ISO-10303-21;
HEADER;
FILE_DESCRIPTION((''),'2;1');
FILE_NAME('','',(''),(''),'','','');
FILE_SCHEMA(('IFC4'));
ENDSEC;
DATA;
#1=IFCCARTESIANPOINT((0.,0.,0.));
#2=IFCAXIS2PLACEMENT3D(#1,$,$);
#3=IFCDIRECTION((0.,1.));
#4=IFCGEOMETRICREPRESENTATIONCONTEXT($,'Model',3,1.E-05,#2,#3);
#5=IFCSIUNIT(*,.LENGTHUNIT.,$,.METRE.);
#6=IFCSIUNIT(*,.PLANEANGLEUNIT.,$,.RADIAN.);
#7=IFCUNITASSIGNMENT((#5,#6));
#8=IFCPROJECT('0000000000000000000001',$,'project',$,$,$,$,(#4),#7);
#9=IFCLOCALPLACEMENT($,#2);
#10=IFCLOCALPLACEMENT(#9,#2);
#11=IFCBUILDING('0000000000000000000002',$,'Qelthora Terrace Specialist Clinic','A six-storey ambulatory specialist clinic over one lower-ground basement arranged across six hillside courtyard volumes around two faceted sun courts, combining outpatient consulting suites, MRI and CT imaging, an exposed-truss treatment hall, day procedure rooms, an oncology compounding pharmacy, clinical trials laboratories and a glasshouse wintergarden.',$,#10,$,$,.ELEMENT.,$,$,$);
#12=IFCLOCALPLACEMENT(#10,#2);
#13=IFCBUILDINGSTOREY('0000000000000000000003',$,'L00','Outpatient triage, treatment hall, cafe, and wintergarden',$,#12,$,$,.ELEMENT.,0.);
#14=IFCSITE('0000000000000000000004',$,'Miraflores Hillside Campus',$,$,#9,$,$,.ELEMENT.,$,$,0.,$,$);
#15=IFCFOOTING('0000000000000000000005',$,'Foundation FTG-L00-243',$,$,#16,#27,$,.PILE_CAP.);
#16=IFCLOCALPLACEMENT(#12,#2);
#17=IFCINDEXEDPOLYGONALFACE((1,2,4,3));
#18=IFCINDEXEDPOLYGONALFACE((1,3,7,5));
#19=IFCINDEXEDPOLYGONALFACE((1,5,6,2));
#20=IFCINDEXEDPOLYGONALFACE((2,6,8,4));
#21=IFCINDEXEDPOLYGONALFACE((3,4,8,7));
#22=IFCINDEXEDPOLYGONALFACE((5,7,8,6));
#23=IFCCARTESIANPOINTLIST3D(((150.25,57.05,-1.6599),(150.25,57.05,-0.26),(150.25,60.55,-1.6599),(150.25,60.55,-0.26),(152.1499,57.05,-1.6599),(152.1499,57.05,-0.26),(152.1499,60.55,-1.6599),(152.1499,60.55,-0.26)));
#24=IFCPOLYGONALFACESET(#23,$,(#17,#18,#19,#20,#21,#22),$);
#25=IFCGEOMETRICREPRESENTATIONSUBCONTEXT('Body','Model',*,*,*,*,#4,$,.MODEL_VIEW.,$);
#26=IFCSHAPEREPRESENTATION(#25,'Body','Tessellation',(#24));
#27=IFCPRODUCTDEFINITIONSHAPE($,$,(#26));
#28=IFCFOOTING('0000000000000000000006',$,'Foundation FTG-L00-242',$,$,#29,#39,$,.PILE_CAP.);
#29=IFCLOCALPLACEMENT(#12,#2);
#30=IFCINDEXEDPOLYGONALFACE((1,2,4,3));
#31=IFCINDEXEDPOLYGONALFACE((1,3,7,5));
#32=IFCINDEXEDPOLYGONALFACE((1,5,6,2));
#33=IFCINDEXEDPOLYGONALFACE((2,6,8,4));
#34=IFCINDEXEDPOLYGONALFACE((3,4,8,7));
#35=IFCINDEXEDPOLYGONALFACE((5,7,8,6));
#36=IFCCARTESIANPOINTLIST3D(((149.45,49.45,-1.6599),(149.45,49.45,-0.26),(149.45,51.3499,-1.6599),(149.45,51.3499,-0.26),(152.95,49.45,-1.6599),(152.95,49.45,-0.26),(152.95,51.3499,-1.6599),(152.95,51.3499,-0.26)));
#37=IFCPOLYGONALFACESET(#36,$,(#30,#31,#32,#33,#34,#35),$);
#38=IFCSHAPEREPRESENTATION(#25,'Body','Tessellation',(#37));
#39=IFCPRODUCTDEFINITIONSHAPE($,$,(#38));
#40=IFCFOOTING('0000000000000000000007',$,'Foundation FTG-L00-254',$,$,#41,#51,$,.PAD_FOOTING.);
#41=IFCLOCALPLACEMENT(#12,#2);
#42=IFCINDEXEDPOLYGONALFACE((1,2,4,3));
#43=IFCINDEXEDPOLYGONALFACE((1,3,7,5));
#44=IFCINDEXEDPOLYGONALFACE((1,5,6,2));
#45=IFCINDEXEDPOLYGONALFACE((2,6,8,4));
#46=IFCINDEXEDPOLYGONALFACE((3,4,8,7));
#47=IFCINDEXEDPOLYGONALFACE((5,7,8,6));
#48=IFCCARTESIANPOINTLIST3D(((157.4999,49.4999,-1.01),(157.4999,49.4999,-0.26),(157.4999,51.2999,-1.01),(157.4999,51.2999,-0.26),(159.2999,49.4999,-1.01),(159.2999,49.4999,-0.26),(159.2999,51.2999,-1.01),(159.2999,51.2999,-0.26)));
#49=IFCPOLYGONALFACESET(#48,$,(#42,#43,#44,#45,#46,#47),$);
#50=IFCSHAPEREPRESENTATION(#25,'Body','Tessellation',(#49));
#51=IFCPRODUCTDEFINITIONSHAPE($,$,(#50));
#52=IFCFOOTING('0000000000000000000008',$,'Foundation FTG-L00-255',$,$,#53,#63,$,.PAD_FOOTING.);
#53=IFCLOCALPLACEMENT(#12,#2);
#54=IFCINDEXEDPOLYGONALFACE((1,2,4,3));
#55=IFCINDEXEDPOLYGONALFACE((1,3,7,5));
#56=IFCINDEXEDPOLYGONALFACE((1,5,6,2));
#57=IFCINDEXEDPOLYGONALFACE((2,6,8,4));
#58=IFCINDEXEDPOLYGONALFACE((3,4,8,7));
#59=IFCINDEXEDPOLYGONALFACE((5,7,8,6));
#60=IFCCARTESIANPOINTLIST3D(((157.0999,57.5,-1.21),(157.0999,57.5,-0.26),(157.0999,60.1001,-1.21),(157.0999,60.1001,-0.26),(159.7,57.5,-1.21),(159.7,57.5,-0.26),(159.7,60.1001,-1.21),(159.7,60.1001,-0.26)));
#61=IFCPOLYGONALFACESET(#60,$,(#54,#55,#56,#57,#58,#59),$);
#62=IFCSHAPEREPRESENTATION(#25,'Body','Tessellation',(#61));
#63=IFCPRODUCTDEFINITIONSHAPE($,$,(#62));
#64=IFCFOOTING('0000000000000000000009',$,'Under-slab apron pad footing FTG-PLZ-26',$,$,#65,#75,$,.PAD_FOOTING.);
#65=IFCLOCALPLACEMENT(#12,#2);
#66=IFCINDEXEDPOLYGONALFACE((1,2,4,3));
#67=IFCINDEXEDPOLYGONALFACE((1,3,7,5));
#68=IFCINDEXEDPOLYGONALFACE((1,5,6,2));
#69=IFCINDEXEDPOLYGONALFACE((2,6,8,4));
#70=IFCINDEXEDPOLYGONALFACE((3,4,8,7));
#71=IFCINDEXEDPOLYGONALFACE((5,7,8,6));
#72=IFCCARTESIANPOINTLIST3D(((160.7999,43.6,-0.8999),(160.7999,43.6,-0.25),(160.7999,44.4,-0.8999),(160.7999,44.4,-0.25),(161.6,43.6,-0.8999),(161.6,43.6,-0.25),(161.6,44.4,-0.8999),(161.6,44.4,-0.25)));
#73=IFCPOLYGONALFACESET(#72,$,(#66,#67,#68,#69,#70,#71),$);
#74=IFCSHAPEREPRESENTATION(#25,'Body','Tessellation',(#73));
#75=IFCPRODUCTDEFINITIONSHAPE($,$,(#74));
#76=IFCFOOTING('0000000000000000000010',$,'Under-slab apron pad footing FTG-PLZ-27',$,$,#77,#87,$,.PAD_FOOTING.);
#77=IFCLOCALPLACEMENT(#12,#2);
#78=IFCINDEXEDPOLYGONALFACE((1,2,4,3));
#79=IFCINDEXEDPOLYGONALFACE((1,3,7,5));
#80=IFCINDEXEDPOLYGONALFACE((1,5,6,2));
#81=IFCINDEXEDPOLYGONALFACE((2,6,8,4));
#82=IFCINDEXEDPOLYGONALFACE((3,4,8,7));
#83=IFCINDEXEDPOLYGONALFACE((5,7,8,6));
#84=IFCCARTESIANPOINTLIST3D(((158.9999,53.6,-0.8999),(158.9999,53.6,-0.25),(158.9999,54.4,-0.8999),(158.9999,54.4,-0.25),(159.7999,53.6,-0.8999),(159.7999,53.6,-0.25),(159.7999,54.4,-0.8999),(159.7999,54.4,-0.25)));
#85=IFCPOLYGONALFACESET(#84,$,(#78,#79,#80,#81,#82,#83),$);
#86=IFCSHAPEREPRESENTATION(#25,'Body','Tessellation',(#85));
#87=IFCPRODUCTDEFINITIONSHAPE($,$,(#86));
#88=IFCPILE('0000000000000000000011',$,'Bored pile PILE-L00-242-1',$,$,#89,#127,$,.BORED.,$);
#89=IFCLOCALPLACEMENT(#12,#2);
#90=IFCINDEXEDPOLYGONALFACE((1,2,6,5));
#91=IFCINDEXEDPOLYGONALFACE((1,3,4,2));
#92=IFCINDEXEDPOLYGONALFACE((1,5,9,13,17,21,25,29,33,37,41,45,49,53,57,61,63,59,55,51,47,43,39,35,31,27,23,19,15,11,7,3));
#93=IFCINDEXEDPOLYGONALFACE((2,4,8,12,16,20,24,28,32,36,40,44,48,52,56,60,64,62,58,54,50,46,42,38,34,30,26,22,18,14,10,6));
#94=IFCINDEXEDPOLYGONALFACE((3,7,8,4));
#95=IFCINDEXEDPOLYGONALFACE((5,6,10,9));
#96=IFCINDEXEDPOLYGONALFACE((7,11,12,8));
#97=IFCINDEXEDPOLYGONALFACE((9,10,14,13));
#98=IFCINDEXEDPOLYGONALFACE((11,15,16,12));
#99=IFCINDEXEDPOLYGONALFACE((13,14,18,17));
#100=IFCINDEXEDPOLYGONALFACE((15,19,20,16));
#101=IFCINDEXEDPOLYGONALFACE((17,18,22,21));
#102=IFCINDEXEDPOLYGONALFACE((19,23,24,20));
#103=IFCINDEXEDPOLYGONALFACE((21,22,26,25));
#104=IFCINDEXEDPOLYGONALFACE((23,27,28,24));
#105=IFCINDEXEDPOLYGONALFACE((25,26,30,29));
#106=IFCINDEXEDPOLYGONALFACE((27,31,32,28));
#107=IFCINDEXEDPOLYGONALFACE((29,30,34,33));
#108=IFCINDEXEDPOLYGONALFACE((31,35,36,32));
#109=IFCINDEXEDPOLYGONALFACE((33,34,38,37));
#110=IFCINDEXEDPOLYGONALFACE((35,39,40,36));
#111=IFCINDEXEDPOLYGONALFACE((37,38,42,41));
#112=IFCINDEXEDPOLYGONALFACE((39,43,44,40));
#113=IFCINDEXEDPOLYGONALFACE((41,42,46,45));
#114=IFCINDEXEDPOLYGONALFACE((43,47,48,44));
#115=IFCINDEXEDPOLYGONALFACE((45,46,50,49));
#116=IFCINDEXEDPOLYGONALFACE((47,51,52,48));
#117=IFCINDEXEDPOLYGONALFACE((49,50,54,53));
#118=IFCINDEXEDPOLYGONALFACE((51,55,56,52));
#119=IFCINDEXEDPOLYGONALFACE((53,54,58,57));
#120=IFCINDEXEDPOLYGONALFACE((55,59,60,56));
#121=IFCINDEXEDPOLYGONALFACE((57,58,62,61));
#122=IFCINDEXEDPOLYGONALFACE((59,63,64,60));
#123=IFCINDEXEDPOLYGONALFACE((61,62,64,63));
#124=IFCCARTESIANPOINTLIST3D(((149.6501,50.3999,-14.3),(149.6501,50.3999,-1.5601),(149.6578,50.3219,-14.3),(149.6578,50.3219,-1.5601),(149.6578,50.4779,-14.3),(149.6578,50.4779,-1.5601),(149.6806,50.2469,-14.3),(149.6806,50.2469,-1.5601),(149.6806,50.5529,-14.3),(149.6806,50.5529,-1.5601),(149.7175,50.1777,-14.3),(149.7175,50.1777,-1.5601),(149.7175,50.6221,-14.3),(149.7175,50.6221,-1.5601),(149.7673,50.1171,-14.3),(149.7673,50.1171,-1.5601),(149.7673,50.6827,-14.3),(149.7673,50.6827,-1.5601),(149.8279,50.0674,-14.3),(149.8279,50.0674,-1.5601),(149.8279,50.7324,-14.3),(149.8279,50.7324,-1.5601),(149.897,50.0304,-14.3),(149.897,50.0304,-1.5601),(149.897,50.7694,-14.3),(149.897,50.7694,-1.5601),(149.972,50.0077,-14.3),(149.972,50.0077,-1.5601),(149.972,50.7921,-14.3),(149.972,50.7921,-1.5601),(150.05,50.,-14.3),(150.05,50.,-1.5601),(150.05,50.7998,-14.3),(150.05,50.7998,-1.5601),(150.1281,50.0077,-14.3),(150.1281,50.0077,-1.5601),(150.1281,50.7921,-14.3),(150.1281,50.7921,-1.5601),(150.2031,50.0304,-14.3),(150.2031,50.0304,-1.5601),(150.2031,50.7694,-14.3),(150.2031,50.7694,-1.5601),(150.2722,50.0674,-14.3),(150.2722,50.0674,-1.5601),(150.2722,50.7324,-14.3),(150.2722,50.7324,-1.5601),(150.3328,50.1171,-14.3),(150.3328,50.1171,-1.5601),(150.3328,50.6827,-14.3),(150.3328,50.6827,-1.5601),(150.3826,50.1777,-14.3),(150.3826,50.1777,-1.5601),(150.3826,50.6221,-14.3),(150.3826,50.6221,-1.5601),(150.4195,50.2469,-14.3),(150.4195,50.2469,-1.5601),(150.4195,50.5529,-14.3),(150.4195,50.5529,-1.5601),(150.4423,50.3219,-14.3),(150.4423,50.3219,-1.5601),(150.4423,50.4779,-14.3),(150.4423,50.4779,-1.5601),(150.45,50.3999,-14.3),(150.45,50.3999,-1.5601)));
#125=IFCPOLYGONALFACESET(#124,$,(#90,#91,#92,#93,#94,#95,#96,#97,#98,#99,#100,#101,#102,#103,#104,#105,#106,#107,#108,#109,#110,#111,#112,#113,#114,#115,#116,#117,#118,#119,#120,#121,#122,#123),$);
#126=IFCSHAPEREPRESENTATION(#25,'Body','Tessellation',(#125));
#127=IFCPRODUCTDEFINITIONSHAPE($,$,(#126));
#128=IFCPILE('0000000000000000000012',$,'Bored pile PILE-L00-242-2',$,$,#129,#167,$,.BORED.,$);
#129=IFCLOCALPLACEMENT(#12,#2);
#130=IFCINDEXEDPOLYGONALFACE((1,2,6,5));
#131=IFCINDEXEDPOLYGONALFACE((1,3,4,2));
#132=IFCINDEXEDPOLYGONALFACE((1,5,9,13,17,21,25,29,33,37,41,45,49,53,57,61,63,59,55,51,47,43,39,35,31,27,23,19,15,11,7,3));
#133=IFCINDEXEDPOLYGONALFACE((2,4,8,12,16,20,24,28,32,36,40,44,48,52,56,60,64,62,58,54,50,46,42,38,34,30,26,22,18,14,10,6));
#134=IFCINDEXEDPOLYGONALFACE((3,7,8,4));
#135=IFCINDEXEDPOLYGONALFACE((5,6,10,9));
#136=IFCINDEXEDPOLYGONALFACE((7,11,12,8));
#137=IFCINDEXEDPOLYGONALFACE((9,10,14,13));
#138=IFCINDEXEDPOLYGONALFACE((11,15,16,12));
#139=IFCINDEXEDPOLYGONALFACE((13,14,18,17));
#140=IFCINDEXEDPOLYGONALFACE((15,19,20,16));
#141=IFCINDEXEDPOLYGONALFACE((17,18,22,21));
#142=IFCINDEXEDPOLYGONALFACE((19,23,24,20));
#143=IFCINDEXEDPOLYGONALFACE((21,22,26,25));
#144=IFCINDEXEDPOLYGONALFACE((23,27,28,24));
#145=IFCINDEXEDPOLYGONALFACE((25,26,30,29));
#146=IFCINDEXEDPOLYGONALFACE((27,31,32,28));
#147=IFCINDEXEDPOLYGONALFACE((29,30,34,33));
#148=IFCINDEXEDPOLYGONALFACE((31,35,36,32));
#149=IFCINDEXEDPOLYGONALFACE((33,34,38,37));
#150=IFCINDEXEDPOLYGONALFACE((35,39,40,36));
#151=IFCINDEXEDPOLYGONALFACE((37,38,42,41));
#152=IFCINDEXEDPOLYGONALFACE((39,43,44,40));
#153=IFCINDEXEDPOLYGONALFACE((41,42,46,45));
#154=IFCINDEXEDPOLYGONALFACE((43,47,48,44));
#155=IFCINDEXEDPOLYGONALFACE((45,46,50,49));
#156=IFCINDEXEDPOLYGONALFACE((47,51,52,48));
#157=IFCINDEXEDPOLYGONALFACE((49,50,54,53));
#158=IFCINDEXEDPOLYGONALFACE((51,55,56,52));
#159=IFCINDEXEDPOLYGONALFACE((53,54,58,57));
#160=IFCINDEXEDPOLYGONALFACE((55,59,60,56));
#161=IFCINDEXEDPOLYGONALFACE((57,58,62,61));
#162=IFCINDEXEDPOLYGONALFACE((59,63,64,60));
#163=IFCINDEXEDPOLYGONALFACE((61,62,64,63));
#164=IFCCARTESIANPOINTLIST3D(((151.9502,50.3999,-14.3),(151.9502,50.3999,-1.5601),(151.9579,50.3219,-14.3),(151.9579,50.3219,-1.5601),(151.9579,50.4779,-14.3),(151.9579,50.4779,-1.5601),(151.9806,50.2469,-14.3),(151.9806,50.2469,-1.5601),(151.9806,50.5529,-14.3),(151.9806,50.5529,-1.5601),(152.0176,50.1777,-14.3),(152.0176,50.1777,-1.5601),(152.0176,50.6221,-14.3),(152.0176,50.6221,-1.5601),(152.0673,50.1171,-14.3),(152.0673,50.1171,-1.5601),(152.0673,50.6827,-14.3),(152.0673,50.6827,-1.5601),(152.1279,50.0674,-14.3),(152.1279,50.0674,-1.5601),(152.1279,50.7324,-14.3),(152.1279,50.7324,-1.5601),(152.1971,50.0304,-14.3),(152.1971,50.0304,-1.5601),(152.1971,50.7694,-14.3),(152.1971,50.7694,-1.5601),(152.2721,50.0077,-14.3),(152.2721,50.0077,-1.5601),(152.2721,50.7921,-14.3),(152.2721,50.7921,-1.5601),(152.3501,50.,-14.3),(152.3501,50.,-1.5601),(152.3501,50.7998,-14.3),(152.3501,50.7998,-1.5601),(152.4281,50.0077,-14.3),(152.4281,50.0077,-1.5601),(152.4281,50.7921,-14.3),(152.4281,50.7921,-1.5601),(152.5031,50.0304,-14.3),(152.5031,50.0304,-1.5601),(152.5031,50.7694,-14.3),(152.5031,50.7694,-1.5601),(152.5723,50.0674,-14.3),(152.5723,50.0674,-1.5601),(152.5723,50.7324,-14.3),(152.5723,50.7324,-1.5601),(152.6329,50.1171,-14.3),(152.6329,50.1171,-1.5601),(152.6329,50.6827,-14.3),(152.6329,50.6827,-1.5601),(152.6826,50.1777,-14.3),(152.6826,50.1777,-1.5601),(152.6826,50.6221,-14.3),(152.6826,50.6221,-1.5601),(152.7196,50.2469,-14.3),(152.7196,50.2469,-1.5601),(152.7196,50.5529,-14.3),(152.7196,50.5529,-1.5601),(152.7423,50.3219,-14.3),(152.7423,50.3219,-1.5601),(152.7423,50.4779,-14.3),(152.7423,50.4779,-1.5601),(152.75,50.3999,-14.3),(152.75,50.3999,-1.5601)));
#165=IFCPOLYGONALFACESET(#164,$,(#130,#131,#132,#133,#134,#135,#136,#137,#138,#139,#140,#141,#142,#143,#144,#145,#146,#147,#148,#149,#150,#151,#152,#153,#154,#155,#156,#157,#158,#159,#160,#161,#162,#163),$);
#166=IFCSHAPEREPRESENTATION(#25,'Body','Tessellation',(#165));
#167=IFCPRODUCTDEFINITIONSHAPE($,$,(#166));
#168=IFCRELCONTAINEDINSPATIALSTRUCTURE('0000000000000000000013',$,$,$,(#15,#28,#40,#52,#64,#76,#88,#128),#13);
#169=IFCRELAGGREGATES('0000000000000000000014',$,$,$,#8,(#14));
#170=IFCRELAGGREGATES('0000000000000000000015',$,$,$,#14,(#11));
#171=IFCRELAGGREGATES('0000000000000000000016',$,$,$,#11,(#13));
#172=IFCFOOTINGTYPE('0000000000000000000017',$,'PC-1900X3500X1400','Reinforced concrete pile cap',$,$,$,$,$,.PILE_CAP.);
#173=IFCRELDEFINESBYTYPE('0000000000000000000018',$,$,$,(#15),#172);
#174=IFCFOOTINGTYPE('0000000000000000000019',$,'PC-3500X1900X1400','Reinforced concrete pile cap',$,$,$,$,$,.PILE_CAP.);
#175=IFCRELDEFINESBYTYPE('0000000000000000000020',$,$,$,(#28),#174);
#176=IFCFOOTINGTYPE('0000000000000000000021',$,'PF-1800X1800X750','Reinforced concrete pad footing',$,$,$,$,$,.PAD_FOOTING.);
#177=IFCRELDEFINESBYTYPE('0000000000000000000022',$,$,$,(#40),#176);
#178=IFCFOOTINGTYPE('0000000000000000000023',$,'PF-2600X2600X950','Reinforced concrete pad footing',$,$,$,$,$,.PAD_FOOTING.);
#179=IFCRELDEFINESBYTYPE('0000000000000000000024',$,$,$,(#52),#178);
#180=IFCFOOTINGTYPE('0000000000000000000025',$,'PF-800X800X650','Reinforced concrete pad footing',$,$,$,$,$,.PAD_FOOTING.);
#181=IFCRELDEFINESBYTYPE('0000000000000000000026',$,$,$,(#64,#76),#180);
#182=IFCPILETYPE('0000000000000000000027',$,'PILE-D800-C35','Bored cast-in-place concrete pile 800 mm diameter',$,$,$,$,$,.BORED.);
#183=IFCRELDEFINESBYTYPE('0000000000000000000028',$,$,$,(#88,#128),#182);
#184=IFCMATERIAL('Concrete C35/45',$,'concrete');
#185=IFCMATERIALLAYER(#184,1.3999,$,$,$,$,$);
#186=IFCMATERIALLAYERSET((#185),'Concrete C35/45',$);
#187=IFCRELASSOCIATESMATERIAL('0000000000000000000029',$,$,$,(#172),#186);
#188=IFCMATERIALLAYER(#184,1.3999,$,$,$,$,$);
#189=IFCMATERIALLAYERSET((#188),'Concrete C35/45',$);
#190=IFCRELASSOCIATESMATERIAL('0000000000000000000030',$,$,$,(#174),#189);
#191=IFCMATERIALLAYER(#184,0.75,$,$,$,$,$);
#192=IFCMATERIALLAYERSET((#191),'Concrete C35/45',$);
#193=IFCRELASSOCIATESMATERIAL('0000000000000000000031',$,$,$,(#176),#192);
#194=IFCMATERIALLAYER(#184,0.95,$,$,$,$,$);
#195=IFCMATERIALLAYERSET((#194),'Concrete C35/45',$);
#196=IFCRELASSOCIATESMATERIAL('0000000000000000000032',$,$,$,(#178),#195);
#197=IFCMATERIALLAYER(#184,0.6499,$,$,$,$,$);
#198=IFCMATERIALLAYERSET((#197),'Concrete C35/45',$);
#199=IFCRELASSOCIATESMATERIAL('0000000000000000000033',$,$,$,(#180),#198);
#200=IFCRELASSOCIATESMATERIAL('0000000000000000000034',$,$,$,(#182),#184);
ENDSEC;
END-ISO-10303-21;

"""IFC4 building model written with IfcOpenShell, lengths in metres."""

from ifc_helpers import new_model, si_unit, direction, frame, origin, origin_2d, place, context, subcontext, project, spatial, rectangle, circle, extrude, material, layer, layer_set, material_profile, profile_set, type_object, element, save


model = new_model("IFC4")

# Units and contexts
model_context = context("Model", 3, precision=1e-05, world=origin(), true_north=direction((0.0, 1.0)))
body_context = subcontext(model_context, "Body", "Model", "MODEL_VIEW")
ifc_project = project(units=[si_unit("LENGTHUNIT", "METRE"), si_unit("PLANEANGLEUNIT", "RADIAN")], contexts=[model_context])

# Site, building, storey
site_placement = place(None, origin())
site = spatial("IfcSite", under=ifc_project, at=site_placement, Name="Miraflores Hillside Campus", CompositionType="ELEMENT", RefElevation=0.0)
building_placement = place(site_placement, origin())
building = spatial("IfcBuilding", under=site, at=building_placement, Name="Qelthora Terrace Specialist Clinic", Description="A six-storey ambulatory specialist clinic over one lower-ground basement arranged across six hillside courtyard volumes around two faceted sun courts, combining outpatient consulting suites, MRI and CT imaging, an exposed-truss treatment hall, day procedure rooms, an oncology compounding pharmacy, clinical trials laboratories and a glasshouse wintergarden.", CompositionType="ELEMENT")
storey_placement = place(building_placement, origin())
storey = spatial("IfcBuildingStorey", under=building, at=storey_placement, Name="L00", Description="Outpatient triage, treatment hall, cafe, and wintergarden", CompositionType="ELEMENT", Elevation=0.0)

# Footings
ifc_material_1 = material(Name="Concrete C35/45", Category="concrete")
ifc_layer_1 = layer(ifc_material_1, 1.3999)
ifc_layer_set_1 = layer_set([ifc_layer_1], Name="Concrete C35/45")
footing_type_1 = type_object("IfcFootingType", Name="PC-1900X3500X1400", Description="Reinforced concrete pile cap", PredefinedType="PILE_CAP", material=ifc_layer_set_1)
footing_1_placement = place(storey_placement, frame((151.2, 58.8, -1.6599), z_axis=(0.0, 0.0, 1.0), x_axis=(1.0, 0.0, 0.0)))
element("IfcFooting", 1, at=footing_1_placement, inside=storey, type_object=footing_type_1, Name="Foundation FTG-L00-243", PredefinedType="PILE_CAP", context=body_context, shape_type="SweptSolid", body=[
    extrude(rectangle(XDim=1.8999, YDim=3.5, at=origin_2d()), origin(), (0.0, 0.0, 1.0), 1.3999),
])
ifc_layer_2 = layer(ifc_material_1, 1.3999)
ifc_layer_set_2 = layer_set([ifc_layer_2], Name="Concrete C35/45")
footing_type_2 = type_object("IfcFootingType", Name="PC-3500X1900X1400", Description="Reinforced concrete pile cap", PredefinedType="PILE_CAP", material=ifc_layer_set_2)
footing_2_placement = place(storey_placement, frame((151.2, 50.3999, -1.6599), z_axis=(0.0, 0.0, 1.0), x_axis=(1.0, 0.0, 0.0)))
element("IfcFooting", 2, at=footing_2_placement, inside=storey, type_object=footing_type_2, Name="Foundation FTG-L00-242", PredefinedType="PILE_CAP", context=body_context, shape_type="SweptSolid", body=[
    extrude(rectangle(XDim=3.5, YDim=1.8999, at=origin_2d()), origin(), (0.0, 0.0, 1.0), 1.3999),
])
ifc_layer_3 = layer(ifc_material_1, 0.75)
ifc_layer_set_3 = layer_set([ifc_layer_3], Name="Concrete C35/45")
footing_type_3 = type_object("IfcFootingType", Name="PF-1800X1800X750", Description="Reinforced concrete pad footing", PredefinedType="PAD_FOOTING", material=ifc_layer_set_3)
footing_3_placement = place(storey_placement, frame((158.3999, 50.3999, -1.01), z_axis=(0.0, 0.0, 1.0), x_axis=(1.0, 0.0, 0.0)))
element("IfcFooting", 3, at=footing_3_placement, inside=storey, type_object=footing_type_3, Name="Foundation FTG-L00-254", PredefinedType="PAD_FOOTING", context=body_context, shape_type="SweptSolid", body=[
    extrude(rectangle(XDim=1.8, YDim=1.8, at=origin_2d()), origin(), (0.0, 0.0, 1.0), 0.75),
])
ifc_layer_4 = layer(ifc_material_1, 0.95)
ifc_layer_set_4 = layer_set([ifc_layer_4], Name="Concrete C35/45")
footing_type_4 = type_object("IfcFootingType", Name="PF-2600X2600X950", Description="Reinforced concrete pad footing", PredefinedType="PAD_FOOTING", material=ifc_layer_set_4)
footing_4_placement = place(storey_placement, frame((158.3999, 58.8, -1.21), z_axis=(0.0, 0.0, 1.0), x_axis=(1.0, 0.0, 0.0)))
element("IfcFooting", 4, at=footing_4_placement, inside=storey, type_object=footing_type_4, Name="Foundation FTG-L00-255", PredefinedType="PAD_FOOTING", context=body_context, shape_type="SweptSolid", body=[
    extrude(rectangle(XDim=2.6001, YDim=2.6001, at=origin_2d()), origin(), (0.0, 0.0, 1.0), 0.95),
])
ifc_layer_5 = layer(ifc_material_1, 0.6499)
ifc_layer_set_5 = layer_set([ifc_layer_5], Name="Concrete C35/45")
footing_type_5 = type_object("IfcFootingType", Name="PF-800X800X650", Description="Reinforced concrete pad footing", PredefinedType="PAD_FOOTING", material=ifc_layer_set_5)
for number, where, z_axis, x_axis, name in (
    (5, (161.2, 44.0, -0.8999), (0.0, 0.0, 1.0), (1.0, 0.0, 0.0), "Under-slab apron pad footing FTG-PLZ-26"),
    (6, (159.3999, 54.0, -0.8999), (0.0, 0.0, 1.0), (1.0, 0.0, 0.0), "Under-slab apron pad footing FTG-PLZ-27"),
):
    element("IfcFooting", number, at=place(storey_placement, frame(where, z_axis=z_axis, x_axis=x_axis)), inside=storey, type_object=footing_type_5, Name=name, PredefinedType="PAD_FOOTING", context=body_context, shape_type="SweptSolid", body=[
        extrude(rectangle(XDim=0.8, YDim=0.8, at=origin_2d()), origin(), (0.0, 0.0, 1.0), 0.6499),
    ])

# Piles
ifc_material_profile_1 = material_profile(ifc_material_1, circle(Radius=0.3999, at=origin_2d()), Name="PILE800")
ifc_profile_set_1 = profile_set([ifc_material_profile_1], Name="Concrete C35/45")
pile_type_1 = type_object("IfcPileType", Name="PILE-D800-C35", Description="Bored cast-in-place concrete pile 800 mm diameter", PredefinedType="BORED", material=ifc_profile_set_1)
for number, where, z_axis, x_axis, name in (
    (7, (150.05, 50.3999, -1.5601), (0.0, 0.0, -1.0), (1.0, 0.0, 0.0), "Bored pile PILE-L00-242-1"),
    (8, (152.3501, 50.3999, -1.5601), (0.0, 0.0, -1.0), (1.0, 0.0, 0.0), "Bored pile PILE-L00-242-2"),
):
    element("IfcPile", number, at=place(storey_placement, frame(where, z_axis=z_axis, x_axis=x_axis)), inside=storey, type_object=pile_type_1, Name=name, PredefinedType="BORED", context=body_context, shape_type="SweptSolid", body=[
        extrude(circle(Radius=0.3999, at=origin_2d()), origin(), (0.0, 0.0, 1.0), 12.74),
    ])

save(model, "model.ifc")
